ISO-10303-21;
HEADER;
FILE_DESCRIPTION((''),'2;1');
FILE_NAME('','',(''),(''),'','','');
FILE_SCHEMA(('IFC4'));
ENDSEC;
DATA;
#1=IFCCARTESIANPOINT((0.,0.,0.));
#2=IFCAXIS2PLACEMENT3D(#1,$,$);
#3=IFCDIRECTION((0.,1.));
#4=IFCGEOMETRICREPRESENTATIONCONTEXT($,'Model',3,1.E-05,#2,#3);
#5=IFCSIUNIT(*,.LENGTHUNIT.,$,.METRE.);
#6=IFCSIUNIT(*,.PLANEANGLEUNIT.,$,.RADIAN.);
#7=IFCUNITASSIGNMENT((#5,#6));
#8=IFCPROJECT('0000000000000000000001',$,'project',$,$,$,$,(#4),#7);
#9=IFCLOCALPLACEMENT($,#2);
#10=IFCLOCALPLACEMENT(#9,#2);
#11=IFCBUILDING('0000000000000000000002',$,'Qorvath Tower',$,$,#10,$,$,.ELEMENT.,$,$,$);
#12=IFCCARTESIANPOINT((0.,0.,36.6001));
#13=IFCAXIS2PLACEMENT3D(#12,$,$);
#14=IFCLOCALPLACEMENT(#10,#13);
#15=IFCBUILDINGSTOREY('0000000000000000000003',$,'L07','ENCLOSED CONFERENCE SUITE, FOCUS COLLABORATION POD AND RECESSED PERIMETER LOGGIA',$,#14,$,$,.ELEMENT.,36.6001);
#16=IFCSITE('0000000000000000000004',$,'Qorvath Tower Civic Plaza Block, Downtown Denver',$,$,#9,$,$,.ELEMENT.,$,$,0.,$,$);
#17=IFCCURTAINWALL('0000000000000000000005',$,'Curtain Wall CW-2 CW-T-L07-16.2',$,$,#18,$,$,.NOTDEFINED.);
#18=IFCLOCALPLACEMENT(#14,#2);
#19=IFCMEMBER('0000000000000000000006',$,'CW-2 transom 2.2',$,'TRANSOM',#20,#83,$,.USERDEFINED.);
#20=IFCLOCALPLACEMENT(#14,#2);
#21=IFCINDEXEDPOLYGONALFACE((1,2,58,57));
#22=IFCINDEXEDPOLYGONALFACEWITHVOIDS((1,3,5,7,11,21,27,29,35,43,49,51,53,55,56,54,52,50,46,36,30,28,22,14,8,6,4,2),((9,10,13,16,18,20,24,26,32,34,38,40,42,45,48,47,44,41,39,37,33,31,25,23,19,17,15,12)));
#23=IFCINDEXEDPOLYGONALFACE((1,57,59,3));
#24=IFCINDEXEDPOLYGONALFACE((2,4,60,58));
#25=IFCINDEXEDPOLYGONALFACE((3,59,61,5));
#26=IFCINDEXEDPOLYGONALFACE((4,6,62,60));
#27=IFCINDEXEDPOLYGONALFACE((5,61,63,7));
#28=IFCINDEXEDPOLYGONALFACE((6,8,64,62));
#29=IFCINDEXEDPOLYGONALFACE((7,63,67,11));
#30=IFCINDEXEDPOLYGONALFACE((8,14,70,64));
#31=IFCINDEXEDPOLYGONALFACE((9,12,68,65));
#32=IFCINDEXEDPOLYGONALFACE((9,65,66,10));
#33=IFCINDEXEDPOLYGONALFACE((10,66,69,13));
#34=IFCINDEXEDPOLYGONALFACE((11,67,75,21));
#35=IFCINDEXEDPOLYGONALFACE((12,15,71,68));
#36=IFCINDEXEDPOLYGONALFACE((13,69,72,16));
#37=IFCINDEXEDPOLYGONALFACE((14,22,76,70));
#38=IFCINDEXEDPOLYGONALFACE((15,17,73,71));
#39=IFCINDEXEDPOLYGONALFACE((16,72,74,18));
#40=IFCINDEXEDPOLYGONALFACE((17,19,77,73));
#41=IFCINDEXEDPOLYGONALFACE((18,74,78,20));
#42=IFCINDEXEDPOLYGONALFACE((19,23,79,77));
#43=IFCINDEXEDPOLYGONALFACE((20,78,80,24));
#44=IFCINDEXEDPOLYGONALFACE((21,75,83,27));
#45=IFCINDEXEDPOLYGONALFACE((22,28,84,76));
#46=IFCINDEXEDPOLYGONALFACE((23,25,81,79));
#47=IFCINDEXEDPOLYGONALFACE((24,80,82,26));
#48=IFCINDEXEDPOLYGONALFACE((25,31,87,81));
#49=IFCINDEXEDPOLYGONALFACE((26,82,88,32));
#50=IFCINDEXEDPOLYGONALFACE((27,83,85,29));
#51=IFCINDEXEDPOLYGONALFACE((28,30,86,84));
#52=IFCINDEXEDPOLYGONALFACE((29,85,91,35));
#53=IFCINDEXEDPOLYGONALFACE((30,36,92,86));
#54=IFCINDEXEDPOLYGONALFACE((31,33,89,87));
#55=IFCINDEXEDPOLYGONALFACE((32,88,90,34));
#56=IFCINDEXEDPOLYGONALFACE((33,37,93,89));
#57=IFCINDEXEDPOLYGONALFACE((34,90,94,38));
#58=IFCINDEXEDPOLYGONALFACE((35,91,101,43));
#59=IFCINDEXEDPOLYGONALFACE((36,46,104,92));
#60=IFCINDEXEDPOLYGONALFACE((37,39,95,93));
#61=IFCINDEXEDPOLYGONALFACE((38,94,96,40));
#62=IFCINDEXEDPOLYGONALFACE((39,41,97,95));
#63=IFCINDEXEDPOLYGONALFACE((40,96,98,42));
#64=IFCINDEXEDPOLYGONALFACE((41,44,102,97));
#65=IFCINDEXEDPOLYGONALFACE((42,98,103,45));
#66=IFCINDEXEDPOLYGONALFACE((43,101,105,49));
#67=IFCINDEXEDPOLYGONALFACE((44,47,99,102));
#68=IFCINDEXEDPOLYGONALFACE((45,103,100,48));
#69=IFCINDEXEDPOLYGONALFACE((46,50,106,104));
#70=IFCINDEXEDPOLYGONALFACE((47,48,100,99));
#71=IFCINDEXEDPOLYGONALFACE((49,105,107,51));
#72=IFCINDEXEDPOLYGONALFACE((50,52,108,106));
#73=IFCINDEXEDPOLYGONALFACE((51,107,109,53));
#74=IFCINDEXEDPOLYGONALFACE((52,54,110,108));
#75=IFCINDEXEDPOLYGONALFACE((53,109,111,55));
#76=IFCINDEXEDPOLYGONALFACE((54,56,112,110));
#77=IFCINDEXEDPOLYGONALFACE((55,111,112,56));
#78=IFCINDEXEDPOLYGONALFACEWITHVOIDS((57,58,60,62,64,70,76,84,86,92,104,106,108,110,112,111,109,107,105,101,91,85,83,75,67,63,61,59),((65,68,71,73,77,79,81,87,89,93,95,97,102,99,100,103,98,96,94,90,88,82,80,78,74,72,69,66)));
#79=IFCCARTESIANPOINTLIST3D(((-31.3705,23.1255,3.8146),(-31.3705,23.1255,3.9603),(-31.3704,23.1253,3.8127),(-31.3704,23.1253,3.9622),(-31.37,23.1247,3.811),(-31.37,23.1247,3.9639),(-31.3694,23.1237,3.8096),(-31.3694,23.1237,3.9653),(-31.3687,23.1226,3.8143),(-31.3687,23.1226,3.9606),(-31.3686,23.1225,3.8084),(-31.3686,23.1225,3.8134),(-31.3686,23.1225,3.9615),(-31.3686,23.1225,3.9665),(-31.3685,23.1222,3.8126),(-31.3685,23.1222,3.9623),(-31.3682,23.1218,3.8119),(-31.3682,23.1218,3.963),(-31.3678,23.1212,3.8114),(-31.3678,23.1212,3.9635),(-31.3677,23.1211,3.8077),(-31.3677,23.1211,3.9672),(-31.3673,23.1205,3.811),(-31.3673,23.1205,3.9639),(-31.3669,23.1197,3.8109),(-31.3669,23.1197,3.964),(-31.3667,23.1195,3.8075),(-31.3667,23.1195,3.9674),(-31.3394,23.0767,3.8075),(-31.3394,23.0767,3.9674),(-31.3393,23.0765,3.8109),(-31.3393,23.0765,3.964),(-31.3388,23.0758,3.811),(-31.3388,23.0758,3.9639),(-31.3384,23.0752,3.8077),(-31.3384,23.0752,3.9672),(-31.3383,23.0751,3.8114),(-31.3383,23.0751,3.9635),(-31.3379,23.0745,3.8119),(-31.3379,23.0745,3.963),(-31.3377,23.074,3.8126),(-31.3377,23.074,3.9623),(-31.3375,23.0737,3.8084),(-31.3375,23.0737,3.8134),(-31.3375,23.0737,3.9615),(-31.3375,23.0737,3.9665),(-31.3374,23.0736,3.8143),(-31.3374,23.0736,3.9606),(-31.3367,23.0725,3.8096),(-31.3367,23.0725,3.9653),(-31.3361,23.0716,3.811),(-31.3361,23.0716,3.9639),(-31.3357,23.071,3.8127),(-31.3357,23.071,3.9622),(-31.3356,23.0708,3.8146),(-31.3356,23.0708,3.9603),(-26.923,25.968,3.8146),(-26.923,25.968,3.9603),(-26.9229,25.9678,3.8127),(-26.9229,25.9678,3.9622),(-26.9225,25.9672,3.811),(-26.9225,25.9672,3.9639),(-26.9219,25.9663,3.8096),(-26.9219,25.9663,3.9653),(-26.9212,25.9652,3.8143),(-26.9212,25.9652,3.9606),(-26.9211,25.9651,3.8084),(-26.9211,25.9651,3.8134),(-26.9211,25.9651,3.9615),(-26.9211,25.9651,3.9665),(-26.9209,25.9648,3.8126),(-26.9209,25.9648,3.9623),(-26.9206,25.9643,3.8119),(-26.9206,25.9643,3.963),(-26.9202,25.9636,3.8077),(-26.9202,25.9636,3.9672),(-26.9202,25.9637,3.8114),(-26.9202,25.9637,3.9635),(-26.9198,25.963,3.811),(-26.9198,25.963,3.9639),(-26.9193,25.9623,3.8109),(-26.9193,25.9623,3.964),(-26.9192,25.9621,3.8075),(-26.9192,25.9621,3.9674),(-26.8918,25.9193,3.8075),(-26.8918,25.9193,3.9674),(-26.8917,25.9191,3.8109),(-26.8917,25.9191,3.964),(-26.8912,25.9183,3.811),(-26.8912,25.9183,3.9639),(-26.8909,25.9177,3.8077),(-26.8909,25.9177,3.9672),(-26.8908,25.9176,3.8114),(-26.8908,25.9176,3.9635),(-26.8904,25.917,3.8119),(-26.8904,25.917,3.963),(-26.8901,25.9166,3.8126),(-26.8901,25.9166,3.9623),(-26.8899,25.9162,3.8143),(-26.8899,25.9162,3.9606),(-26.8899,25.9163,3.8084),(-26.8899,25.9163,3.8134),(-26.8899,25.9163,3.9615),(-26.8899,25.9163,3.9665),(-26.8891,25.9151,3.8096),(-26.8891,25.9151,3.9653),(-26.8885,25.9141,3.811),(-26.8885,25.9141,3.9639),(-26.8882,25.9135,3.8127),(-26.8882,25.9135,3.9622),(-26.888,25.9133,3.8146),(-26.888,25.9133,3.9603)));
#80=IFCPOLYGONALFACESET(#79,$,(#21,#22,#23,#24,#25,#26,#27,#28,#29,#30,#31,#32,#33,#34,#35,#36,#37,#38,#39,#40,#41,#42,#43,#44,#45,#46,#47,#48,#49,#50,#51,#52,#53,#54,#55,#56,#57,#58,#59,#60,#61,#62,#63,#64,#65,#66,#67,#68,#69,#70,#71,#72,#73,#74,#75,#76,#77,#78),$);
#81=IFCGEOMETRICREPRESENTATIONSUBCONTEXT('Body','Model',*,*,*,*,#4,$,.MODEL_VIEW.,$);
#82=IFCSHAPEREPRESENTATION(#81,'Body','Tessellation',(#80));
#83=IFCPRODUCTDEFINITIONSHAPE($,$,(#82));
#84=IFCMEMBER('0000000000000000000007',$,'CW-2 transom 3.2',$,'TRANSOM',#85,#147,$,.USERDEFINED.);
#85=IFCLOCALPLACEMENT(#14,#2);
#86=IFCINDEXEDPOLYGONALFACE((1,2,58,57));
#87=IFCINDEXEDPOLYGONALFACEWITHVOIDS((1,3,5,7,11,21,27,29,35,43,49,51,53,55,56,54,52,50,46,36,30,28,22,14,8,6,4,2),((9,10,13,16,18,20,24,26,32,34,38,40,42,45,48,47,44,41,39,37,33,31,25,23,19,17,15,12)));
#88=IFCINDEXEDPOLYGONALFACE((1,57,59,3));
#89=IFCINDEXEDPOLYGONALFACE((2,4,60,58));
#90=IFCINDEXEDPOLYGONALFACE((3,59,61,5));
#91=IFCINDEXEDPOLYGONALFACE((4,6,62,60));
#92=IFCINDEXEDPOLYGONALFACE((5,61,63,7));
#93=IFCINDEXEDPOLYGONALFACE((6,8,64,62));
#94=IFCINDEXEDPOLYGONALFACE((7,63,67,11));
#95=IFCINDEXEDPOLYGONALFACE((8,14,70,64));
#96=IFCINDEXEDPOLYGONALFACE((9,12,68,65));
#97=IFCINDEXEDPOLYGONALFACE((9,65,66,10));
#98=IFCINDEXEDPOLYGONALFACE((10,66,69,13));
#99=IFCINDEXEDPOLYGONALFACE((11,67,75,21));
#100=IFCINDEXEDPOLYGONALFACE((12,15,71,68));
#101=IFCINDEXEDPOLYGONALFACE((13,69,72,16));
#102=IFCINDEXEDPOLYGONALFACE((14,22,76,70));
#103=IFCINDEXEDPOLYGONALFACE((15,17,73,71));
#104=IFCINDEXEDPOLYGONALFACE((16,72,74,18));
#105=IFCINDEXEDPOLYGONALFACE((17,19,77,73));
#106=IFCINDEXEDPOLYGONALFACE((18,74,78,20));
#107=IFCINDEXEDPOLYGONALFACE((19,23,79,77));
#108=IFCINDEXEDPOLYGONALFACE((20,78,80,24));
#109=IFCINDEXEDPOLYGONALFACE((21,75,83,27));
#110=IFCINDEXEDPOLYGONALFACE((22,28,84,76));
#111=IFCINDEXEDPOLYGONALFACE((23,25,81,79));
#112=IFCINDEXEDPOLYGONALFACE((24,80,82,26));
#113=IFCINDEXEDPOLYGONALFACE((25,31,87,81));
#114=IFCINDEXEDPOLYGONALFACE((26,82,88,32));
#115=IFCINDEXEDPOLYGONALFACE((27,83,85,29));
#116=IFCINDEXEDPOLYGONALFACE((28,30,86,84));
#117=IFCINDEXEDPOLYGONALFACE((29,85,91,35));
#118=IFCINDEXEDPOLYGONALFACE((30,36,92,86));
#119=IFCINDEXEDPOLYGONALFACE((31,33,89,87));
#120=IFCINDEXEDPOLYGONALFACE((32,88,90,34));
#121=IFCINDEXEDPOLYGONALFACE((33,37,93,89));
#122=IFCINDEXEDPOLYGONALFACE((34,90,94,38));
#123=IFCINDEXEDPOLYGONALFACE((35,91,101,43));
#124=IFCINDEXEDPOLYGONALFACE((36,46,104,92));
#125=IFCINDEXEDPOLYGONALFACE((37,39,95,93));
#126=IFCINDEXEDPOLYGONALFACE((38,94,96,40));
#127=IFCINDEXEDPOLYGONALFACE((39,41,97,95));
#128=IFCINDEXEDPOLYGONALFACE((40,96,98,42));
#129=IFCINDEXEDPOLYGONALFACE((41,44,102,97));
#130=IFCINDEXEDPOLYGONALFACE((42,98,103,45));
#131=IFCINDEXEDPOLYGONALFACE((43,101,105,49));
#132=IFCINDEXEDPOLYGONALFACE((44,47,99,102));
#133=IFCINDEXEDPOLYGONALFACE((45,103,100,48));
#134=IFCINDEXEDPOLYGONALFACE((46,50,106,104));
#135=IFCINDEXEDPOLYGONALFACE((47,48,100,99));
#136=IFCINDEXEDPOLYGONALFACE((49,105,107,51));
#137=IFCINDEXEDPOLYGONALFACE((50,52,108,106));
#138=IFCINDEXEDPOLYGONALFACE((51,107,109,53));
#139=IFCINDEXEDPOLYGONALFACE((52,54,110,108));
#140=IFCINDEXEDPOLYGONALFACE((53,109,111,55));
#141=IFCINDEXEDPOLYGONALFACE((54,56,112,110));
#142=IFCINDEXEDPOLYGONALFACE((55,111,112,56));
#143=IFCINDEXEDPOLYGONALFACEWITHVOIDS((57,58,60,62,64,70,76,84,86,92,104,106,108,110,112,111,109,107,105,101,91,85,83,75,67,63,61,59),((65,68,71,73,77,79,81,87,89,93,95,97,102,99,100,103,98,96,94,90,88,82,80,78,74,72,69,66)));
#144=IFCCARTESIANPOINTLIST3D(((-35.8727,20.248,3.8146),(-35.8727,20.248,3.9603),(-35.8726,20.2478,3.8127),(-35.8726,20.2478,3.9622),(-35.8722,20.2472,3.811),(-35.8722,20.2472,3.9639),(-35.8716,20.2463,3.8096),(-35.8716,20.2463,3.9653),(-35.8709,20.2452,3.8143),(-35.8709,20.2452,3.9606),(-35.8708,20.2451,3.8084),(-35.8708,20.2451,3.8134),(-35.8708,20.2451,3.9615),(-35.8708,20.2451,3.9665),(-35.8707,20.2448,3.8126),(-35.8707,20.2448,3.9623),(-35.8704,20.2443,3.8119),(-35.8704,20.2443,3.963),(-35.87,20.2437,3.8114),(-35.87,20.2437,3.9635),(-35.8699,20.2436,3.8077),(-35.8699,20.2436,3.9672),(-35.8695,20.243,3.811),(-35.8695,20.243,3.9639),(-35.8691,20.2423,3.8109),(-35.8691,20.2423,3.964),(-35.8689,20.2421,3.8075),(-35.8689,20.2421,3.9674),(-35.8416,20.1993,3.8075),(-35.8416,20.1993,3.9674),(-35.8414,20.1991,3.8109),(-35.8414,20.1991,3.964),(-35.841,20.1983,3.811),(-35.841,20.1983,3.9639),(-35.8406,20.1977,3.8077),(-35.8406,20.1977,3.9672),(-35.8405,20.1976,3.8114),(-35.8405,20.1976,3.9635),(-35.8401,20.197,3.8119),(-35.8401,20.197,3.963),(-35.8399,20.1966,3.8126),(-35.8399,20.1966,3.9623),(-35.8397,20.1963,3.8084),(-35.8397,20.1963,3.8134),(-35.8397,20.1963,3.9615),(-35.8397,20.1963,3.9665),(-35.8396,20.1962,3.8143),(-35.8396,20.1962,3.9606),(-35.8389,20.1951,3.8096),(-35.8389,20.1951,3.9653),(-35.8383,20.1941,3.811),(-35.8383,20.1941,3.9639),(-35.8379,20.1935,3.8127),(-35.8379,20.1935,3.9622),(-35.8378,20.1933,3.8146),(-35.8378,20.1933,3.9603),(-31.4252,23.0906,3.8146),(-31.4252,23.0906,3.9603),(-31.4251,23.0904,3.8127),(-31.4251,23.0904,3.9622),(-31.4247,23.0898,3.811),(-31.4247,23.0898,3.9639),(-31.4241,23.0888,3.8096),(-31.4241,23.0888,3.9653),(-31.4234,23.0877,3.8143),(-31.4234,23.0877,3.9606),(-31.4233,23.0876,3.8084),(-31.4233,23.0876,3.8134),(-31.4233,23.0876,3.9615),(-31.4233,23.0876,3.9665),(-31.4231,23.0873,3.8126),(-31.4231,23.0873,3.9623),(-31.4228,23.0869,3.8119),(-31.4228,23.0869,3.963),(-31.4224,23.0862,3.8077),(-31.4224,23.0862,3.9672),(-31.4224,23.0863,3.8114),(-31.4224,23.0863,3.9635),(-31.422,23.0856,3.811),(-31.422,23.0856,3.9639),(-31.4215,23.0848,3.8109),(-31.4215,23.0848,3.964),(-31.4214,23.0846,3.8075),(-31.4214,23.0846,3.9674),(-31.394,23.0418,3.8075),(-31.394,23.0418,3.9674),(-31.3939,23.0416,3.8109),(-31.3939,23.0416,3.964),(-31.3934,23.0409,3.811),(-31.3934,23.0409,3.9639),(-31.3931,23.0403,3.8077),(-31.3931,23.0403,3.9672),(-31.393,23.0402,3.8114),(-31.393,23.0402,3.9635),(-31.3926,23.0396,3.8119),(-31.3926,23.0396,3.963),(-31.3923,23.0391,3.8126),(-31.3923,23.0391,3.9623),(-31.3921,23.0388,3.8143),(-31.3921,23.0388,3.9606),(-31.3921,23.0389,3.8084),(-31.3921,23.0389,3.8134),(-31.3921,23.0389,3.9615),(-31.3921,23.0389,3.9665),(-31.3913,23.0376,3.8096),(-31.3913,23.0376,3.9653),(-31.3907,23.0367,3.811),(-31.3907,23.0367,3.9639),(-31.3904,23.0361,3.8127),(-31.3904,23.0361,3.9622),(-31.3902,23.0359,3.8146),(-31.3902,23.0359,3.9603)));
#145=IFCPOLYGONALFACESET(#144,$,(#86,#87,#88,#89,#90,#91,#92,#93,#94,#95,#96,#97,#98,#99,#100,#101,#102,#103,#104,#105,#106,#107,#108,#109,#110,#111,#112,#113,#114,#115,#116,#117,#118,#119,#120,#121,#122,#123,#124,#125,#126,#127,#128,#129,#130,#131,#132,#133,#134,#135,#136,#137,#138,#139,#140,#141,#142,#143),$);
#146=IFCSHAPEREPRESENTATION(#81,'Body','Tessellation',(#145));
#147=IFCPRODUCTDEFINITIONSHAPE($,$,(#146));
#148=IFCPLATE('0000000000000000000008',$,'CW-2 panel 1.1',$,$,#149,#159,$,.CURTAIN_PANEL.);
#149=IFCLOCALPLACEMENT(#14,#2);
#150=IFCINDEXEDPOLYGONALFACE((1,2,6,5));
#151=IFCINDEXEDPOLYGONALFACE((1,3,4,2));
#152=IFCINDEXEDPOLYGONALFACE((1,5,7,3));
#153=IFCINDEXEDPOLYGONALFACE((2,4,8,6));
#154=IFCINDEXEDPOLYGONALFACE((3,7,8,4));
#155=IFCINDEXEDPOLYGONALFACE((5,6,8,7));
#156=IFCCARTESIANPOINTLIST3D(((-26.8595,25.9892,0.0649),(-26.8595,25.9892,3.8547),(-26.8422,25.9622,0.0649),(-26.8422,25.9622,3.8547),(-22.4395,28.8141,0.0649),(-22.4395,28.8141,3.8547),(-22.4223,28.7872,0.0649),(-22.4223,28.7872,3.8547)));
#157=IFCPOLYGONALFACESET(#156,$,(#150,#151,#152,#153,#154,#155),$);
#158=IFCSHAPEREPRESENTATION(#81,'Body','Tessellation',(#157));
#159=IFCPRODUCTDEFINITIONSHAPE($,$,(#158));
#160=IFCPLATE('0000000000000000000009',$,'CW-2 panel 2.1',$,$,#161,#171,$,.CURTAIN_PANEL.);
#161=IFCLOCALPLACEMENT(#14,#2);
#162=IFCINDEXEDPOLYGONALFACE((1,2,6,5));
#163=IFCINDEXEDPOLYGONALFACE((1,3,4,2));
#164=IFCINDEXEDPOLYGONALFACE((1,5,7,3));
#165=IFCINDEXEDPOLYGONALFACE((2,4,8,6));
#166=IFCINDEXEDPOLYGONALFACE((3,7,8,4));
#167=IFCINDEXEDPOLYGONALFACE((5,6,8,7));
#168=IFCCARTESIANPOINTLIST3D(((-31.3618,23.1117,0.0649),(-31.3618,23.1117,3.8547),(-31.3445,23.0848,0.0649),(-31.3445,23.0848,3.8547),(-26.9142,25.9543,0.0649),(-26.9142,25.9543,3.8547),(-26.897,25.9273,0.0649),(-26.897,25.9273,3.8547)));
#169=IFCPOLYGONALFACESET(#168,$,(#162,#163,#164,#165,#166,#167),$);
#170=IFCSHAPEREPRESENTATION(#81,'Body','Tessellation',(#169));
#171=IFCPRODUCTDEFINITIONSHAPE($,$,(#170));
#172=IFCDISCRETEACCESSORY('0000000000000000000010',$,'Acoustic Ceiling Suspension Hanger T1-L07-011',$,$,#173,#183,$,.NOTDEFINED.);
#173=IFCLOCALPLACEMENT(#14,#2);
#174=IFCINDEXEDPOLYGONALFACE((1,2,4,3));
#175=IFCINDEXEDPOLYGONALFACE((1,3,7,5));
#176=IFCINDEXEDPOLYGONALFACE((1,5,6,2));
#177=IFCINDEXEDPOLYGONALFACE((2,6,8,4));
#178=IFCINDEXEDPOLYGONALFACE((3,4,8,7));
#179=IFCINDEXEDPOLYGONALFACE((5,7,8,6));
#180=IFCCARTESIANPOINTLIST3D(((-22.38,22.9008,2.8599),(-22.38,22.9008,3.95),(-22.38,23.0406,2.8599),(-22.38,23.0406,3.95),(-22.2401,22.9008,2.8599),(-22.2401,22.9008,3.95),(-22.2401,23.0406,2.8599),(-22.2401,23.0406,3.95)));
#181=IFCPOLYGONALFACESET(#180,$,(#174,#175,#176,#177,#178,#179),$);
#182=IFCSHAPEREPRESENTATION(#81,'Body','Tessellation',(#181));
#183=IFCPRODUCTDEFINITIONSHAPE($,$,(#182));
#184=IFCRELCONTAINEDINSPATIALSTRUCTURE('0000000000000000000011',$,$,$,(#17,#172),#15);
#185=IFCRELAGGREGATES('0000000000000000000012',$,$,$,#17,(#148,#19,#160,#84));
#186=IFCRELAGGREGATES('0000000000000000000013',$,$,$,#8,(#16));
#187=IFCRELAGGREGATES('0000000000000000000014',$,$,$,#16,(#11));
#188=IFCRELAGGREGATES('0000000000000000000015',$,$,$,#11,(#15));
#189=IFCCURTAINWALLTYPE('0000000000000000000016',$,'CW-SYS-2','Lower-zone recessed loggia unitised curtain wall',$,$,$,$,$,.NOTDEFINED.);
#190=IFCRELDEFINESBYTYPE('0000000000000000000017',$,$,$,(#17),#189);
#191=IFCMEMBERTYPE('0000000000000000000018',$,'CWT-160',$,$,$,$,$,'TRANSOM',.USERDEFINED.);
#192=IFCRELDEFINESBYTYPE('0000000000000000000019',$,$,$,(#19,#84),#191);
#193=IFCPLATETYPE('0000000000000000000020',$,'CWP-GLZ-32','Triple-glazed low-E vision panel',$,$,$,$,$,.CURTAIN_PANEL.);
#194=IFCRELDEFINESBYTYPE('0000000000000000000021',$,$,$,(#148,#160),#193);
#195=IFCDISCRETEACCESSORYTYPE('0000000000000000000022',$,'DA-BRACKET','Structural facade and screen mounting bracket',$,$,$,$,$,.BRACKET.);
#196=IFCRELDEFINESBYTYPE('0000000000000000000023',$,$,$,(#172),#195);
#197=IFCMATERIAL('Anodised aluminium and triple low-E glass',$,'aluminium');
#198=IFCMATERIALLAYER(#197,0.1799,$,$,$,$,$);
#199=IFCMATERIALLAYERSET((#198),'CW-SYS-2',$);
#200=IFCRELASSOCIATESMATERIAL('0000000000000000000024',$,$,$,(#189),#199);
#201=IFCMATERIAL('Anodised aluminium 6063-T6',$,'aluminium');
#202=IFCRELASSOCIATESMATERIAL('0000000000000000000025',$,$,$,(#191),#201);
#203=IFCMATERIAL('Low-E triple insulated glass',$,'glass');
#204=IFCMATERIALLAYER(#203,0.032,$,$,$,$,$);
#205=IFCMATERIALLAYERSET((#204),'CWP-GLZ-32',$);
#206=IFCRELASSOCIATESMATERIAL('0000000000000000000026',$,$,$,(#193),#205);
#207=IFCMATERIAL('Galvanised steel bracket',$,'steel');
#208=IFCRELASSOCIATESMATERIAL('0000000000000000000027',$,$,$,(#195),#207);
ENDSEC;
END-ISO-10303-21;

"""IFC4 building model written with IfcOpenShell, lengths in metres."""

from ifc_helpers import new_model, si_unit, direction, frame, origin, origin_2d, place, context, subcontext, project, spatial, rectangle, hollow_rectangle, extrude, material, layer, layer_set, material_profile, profile_set, type_object, element, aggregate, save


model = new_model("IFC4")

# Units and contexts
model_context = context("Model", 3, precision=1e-05, world=origin(), true_north=direction((0.0, 1.0)))
body_context = subcontext(model_context, "Body", "Model", "MODEL_VIEW")
ifc_project = project(units=[si_unit("LENGTHUNIT", "METRE"), si_unit("PLANEANGLEUNIT", "RADIAN")], contexts=[model_context])

# Site, building, storey
site_placement = place(None, origin())
site = spatial("IfcSite", under=ifc_project, at=site_placement, Name="Qorvath Tower Civic Plaza Block, Downtown Denver", CompositionType="ELEMENT", RefElevation=0.0)
building_placement = place(site_placement, origin())
building = spatial("IfcBuilding", under=site, at=building_placement, Name="Qorvath Tower", CompositionType="ELEMENT")
storey_placement = place(building_placement, frame((0.0, 0.0, 36.6001)))
storey = spatial("IfcBuildingStorey", under=building, at=storey_placement, Name="L07", Description="ENCLOSED CONFERENCE SUITE, FOCUS COLLABORATION POD AND RECESSED PERIMETER LOGGIA", CompositionType="ELEMENT", Elevation=36.6001)

# Shared definitions
ifc_material_1 = material(Name="Anodised aluminium and triple low-E glass", Category="aluminium")
ifc_layer_1 = layer(ifc_material_1, 0.1799)
ifc_layer_set_1 = layer_set([ifc_layer_1], Name="CW-SYS-2")
curtain_wall_type = type_object("IfcCurtainWallType", Name="CW-SYS-2", Description="Lower-zone recessed loggia unitised curtain wall", PredefinedType="NOTDEFINED", material=ifc_layer_set_1)

# Curtain wall, members, plates
curtain_wall_1_placement = place(storey_placement, origin())
curtain_wall_1 = element("IfcCurtainWall", 1, at=curtain_wall_1_placement, inside=storey, type_object=curtain_wall_type, Name="Curtain Wall CW-2 CW-T-L07-16.2", PredefinedType="NOTDEFINED")
ifc_material_2 = material(Name="Anodised aluminium 6063-T6", Category="aluminium")
ifc_material_profile_1 = material_profile(ifc_material_2, hollow_rectangle(XDim=0.0649, YDim=0.1599, WallThickness=0.0034, InnerFilletRadius=0.0034, OuterFilletRadius=0.0071, at=origin_2d()), Name="CWT 160x65")
ifc_profile_set_1 = profile_set([ifc_material_profile_1], Name="Anodised aluminium 6063-T6")
member_type_1 = type_object("IfcMemberType", Name="CWT-160", ElementType="TRANSOM", PredefinedType="USERDEFINED", material=ifc_profile_set_1)
member_1_placement = place(storey_placement, frame((-26.9055, 25.9407, 3.8875), z_axis=(-0.842605, -0.538533, 0.0), x_axis=(0.538533, -0.842605, 0.0)))
member_1 = element("IfcMember", 2, at=member_1_placement, type_object=member_type_1, Name="CW-2 transom 2.2", ObjectType="TRANSOM", PredefinedType="USERDEFINED", context=body_context, shape_type="SweptSolid", body=[
    extrude(hollow_rectangle(XDim=0.0649, YDim=0.1599, WallThickness=0.0034, InnerFilletRadius=0.0034, OuterFilletRadius=0.0071, at=origin_2d()), origin(), (0.0, 0.0, 1.0), 5.2783),
])
member_2_placement = place(storey_placement, frame((-31.4077, 23.0632, 3.8875), z_axis=(-0.842605, -0.538533, 0.0), x_axis=(0.538533, -0.842605, 0.0)))
member_2 = element("IfcMember", 3, at=member_2_placement, type_object=member_type_1, Name="CW-2 transom 3.2", ObjectType="TRANSOM", PredefinedType="USERDEFINED", context=body_context, shape_type="SweptSolid", body=[
    extrude(hollow_rectangle(XDim=0.0649, YDim=0.1599, WallThickness=0.0034, InnerFilletRadius=0.0034, OuterFilletRadius=0.0071, at=origin_2d()), origin(), (0.0, 0.0, 1.0), 5.2783),
])
ifc_material_3 = material(Name="Low-E triple insulated glass", Category="glass")
ifc_layer_2 = layer(ifc_material_3, 0.032)
ifc_layer_set_2 = layer_set([ifc_layer_2], Name="CWP-GLZ-32")
plate_type = type_object("IfcPlateType", Name="CWP-GLZ-32", Description="Triple-glazed low-E vision panel", PredefinedType="CURTAIN_PANEL", material=ifc_layer_set_2)
plate_1_placement = place(storey_placement, frame((-24.6409, 27.3882, 0.0649), z_axis=(0.0, 0.0, 1.0), x_axis=(-0.842603, -0.538535, 0.0)))
plate_1 = element("IfcPlate", 4, at=plate_1_placement, type_object=plate_type, Name="CW-2 panel 1.1", PredefinedType="CURTAIN_PANEL", context=body_context, shape_type="SweptSolid", body=[
    extrude(rectangle(XDim=5.2456, YDim=0.032, at=origin_2d()), origin(), (0.0, 0.0, 1.0), 3.7898),
])
plate_2_placement = place(storey_placement, frame((-29.1294, 24.5195, 0.0649), z_axis=(0.0, 0.0, 1.0), x_axis=(-0.842603, -0.538535, 0.0)))
plate_2 = element("IfcPlate", 5, at=plate_2_placement, type_object=plate_type, Name="CW-2 panel 2.1", PredefinedType="CURTAIN_PANEL", context=body_context, shape_type="SweptSolid", body=[
    extrude(rectangle(XDim=5.2783, YDim=0.032, at=origin_2d()), origin(), (0.0, 0.0, 1.0), 3.7898),
])
aggregate(curtain_wall_1, [plate_1, member_1, plate_2, member_2])

# Discrete accessory
ifc_material_4 = material(Name="Galvanised steel bracket", Category="steel")
discrete_accessory_type = type_object("IfcDiscreteAccessoryType", Name="DA-BRACKET", Description="Structural facade and screen mounting bracket", PredefinedType="BRACKET", material=ifc_material_4)
discrete_accessory_placement = place(storey_placement, frame((-22.3101, 22.9707, 2.8599), z_axis=(0.0, 0.0, 1.0), x_axis=(1.0, 0.0, 0.0)))
element("IfcDiscreteAccessory", 6, at=discrete_accessory_placement, inside=storey, type_object=discrete_accessory_type, Name="Acoustic Ceiling Suspension Hanger T1-L07-011", PredefinedType="NOTDEFINED", context=body_context, shape_type="SweptSolid", body=[
    extrude(rectangle(XDim=0.1399, YDim=0.1399, at=origin_2d()), origin(), (0.0, 0.0, 1.0), 1.0901),
])

save(model, "model.ifc")
